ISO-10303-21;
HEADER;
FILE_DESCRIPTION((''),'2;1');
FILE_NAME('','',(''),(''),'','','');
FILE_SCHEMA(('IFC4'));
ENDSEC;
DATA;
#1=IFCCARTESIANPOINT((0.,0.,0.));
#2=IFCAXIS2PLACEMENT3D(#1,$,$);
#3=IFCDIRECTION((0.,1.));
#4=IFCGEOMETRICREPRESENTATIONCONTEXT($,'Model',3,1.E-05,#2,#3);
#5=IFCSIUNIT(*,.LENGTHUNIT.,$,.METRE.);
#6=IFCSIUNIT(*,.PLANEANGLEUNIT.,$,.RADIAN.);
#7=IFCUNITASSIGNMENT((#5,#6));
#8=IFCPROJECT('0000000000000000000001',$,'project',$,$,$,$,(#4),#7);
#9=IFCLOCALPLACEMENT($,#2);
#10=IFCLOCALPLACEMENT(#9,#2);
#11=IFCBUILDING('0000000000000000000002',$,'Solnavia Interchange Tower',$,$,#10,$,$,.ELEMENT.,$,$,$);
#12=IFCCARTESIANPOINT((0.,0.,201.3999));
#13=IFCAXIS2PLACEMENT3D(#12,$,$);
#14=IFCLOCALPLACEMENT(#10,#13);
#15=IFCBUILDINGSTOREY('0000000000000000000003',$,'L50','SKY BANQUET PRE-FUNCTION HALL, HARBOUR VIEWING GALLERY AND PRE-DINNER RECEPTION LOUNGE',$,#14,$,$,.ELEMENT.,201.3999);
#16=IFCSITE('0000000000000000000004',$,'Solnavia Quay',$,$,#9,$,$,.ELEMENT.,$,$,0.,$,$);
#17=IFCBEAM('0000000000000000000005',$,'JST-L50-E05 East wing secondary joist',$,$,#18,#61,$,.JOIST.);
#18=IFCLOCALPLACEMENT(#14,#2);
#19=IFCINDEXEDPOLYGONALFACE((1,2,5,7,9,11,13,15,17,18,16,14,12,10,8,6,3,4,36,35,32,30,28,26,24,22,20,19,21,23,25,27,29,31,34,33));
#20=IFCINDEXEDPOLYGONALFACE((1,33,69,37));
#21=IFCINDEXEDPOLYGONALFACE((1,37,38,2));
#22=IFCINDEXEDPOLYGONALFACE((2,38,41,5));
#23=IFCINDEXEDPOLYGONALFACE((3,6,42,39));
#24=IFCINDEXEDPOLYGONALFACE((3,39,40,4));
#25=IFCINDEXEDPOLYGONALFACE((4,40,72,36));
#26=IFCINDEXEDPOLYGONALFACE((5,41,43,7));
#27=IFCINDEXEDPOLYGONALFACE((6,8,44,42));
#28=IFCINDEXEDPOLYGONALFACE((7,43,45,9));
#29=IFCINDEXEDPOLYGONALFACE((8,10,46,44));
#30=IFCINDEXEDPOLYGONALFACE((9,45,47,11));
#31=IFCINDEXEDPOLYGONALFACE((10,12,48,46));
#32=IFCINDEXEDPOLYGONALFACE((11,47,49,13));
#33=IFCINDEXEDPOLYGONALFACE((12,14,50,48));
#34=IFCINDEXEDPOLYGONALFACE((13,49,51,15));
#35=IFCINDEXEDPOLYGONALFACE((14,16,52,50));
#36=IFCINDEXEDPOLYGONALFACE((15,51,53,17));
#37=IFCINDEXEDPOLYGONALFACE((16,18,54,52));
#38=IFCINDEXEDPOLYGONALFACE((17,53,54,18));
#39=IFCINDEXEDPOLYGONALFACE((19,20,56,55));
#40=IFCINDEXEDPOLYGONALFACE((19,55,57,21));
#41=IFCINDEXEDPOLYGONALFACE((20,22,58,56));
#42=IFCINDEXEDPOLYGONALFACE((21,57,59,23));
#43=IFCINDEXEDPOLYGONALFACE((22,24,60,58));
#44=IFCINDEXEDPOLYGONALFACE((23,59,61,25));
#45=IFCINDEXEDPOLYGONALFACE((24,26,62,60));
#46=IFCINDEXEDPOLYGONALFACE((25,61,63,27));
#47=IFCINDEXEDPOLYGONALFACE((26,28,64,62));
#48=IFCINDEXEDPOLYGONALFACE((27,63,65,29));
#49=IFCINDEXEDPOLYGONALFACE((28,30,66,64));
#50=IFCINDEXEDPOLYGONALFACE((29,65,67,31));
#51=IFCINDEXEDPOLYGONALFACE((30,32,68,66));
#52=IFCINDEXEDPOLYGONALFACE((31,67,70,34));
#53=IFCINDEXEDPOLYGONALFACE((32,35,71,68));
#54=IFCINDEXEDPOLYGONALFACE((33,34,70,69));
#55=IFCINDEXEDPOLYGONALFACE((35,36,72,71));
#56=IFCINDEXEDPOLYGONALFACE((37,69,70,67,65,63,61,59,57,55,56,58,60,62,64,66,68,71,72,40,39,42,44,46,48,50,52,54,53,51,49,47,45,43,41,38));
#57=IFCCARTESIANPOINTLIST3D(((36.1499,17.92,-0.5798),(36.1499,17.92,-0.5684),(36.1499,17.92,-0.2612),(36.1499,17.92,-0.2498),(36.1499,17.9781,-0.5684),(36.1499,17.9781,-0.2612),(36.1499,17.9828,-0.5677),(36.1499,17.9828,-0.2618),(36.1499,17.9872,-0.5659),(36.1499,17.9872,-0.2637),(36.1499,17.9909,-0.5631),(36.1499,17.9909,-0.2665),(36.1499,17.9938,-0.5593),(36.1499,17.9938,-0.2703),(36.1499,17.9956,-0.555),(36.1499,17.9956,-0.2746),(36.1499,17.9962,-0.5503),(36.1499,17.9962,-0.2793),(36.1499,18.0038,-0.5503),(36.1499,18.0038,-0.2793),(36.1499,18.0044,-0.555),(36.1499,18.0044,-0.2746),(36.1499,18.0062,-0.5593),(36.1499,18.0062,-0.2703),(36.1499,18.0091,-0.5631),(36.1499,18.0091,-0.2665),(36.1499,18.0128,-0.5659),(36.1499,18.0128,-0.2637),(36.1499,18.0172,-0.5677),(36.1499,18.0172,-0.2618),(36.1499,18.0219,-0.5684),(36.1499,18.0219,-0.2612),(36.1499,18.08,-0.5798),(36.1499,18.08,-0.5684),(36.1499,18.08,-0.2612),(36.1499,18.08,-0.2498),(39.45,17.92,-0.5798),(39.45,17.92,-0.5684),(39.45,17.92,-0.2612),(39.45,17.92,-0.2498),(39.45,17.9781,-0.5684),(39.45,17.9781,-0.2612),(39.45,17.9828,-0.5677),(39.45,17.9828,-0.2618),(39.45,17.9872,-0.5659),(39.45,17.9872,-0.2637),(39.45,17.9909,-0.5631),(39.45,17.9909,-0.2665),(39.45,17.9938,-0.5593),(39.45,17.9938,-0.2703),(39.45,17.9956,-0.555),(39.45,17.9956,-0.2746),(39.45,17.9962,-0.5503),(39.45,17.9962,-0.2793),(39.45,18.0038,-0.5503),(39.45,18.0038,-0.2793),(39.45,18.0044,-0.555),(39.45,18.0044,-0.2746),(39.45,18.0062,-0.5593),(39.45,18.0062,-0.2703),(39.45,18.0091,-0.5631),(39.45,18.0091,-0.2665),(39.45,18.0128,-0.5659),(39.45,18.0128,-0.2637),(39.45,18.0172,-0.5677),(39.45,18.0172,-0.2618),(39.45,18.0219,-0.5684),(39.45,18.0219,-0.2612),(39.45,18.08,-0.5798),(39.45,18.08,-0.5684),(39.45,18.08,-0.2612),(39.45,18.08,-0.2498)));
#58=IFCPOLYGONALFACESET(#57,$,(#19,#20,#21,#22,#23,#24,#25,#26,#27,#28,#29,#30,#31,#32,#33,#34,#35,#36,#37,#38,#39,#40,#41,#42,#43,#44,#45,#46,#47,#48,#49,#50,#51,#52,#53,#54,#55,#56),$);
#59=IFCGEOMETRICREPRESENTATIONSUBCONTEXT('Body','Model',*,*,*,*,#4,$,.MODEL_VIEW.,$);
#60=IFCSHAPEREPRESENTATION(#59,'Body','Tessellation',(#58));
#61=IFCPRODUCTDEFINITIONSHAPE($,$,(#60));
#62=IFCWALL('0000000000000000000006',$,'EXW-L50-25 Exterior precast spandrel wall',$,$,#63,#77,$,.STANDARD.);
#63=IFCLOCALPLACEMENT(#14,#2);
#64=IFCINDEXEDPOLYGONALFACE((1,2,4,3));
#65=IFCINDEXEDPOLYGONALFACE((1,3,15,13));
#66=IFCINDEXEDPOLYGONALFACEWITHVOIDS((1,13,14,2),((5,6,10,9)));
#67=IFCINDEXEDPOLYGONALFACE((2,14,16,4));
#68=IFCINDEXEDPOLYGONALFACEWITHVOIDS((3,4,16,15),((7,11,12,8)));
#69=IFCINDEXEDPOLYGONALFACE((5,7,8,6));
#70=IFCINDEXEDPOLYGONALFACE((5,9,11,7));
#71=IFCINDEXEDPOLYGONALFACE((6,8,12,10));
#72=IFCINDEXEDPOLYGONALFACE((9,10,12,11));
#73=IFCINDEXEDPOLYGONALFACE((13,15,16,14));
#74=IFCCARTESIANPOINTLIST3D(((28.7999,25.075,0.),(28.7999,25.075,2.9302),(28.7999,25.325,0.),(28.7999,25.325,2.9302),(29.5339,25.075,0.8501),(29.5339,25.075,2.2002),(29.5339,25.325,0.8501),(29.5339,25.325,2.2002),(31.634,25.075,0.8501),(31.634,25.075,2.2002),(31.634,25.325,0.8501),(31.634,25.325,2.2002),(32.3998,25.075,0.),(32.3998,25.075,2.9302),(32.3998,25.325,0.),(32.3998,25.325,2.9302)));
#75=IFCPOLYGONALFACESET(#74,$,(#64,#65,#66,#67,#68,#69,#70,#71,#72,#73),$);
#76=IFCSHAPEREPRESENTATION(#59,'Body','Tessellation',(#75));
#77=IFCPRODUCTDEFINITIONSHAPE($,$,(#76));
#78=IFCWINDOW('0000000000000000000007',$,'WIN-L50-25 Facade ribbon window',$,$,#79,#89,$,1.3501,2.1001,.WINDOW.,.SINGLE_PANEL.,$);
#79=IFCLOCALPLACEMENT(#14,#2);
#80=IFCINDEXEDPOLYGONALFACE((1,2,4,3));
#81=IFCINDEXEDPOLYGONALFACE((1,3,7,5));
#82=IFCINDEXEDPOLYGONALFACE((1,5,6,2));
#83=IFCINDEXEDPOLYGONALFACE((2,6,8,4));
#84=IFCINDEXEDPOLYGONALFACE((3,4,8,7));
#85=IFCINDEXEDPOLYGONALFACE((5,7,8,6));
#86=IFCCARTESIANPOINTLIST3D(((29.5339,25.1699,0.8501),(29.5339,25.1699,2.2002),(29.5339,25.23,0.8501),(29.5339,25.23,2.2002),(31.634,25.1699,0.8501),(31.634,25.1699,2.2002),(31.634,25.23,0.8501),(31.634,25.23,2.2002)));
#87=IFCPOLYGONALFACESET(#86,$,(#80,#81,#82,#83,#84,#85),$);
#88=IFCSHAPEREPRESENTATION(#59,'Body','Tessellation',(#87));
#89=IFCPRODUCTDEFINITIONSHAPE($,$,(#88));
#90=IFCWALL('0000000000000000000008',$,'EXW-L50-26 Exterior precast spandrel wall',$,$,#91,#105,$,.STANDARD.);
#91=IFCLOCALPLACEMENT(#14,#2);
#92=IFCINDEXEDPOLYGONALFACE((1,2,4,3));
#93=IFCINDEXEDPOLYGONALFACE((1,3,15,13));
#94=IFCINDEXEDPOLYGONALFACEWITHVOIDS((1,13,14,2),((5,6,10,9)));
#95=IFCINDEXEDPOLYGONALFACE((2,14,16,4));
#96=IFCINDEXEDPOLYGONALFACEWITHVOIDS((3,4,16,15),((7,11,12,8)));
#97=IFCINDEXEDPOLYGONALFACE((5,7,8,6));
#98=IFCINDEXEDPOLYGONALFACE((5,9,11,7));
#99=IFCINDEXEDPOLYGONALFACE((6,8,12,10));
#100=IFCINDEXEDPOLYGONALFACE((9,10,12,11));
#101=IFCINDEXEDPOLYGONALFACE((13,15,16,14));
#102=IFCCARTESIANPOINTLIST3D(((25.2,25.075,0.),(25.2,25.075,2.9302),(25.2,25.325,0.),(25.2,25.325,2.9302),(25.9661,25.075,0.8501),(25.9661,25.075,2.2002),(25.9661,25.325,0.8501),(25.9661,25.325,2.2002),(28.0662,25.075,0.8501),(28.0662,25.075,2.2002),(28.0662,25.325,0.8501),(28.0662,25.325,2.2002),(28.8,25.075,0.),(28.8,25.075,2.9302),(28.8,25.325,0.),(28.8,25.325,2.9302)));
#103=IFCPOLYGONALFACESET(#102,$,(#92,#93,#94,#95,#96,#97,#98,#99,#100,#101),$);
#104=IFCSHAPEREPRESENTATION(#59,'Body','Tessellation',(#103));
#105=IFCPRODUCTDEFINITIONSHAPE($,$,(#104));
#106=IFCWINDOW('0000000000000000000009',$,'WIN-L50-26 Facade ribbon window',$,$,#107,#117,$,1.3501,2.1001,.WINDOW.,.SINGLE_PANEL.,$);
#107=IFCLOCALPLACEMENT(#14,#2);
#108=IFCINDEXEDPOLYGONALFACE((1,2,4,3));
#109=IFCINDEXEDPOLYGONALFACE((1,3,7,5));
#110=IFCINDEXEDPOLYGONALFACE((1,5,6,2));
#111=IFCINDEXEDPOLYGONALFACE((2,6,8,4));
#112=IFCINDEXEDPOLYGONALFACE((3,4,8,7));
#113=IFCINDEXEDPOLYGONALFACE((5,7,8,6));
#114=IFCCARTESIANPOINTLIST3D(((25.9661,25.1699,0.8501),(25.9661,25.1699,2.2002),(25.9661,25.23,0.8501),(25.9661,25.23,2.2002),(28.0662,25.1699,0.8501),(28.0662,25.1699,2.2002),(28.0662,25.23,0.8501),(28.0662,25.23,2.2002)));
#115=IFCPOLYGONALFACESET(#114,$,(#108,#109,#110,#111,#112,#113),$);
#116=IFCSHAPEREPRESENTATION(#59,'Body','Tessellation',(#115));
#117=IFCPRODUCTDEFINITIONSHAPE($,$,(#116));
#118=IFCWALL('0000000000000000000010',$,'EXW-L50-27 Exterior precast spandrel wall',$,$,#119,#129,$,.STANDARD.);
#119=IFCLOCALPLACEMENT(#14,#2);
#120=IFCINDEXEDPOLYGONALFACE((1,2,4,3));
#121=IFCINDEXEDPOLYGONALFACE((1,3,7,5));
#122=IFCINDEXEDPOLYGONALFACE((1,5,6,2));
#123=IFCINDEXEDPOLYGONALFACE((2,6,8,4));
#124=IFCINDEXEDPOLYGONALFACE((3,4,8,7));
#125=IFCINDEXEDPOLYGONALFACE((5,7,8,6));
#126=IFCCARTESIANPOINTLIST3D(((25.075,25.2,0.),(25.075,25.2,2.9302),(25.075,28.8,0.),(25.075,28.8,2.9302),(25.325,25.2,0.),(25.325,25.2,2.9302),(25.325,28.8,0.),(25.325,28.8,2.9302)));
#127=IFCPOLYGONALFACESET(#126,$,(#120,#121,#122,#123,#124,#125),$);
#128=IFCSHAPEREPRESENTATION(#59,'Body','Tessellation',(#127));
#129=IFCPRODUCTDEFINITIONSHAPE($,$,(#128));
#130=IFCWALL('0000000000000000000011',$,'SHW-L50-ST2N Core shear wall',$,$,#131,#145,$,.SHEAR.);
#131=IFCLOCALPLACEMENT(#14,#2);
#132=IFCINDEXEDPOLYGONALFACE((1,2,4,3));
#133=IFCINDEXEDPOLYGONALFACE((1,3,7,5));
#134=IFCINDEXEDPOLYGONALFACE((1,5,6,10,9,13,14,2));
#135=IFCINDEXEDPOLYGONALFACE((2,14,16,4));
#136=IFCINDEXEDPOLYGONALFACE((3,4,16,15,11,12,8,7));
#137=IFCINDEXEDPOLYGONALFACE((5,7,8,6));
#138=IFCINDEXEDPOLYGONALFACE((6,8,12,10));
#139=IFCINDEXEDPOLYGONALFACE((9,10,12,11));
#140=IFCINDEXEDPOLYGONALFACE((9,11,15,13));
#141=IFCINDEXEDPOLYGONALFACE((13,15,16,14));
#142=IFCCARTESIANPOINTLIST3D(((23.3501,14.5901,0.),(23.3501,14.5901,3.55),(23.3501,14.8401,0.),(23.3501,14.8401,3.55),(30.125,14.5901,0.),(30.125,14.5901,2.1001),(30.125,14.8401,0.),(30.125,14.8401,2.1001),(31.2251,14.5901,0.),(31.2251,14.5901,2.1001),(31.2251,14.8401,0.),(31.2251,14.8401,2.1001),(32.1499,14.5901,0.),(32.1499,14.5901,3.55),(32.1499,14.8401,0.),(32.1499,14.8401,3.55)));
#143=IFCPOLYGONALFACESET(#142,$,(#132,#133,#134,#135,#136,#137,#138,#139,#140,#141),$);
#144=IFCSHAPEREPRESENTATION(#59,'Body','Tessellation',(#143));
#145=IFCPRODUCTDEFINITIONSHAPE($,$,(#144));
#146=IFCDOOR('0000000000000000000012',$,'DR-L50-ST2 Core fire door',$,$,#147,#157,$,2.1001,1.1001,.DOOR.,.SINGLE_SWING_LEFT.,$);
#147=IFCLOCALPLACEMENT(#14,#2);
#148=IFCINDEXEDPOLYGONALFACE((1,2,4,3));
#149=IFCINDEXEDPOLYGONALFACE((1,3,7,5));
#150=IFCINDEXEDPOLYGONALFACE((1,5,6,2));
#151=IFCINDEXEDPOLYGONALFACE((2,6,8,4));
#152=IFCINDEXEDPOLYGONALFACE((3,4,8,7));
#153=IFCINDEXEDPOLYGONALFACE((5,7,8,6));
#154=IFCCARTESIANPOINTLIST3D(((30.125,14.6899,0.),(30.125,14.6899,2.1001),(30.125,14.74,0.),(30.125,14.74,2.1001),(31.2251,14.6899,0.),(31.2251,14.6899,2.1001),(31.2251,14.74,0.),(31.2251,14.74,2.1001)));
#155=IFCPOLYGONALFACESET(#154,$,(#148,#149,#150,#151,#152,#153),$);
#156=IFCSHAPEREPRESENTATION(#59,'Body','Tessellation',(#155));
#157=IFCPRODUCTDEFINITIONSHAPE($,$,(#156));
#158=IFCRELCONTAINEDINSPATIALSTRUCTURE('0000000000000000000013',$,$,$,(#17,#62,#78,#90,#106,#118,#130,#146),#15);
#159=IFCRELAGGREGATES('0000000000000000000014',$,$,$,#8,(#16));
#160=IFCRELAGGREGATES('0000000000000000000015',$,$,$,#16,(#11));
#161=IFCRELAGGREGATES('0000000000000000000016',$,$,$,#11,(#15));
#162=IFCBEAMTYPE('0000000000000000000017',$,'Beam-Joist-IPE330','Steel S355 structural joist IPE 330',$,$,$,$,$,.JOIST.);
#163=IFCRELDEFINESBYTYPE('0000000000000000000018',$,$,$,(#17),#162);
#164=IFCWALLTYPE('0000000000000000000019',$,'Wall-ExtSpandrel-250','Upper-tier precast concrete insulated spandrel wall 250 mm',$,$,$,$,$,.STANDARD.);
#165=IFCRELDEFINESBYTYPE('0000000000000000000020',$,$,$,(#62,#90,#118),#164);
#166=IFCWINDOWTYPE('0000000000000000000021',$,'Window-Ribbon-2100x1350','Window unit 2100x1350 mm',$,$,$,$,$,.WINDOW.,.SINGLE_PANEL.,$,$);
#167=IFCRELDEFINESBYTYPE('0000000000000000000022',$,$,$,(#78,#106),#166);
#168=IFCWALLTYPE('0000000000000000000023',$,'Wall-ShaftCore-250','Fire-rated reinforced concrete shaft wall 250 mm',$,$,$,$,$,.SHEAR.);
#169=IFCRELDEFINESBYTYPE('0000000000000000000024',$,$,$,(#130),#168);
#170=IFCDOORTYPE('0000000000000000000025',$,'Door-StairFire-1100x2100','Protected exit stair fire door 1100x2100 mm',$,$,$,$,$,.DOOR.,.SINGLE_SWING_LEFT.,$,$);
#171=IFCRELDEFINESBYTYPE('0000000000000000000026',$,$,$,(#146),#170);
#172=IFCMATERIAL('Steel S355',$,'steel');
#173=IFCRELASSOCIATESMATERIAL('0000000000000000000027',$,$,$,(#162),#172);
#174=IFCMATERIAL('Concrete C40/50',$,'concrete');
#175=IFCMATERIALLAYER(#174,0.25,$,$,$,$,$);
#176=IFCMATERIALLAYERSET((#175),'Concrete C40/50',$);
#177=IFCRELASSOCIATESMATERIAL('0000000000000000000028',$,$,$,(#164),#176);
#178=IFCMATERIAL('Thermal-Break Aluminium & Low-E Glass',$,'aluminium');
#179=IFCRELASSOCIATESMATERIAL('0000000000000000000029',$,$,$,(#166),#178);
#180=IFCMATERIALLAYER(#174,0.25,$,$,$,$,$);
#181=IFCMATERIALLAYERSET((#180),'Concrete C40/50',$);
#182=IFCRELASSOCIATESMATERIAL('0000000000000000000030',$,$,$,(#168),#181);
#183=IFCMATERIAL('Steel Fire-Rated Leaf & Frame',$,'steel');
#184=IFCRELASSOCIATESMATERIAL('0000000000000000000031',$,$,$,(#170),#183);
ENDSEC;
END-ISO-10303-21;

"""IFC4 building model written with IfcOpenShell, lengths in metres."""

from ifc_helpers import new_model, si_unit, direction, frame, frame_2d, origin, origin_2d, place, context, subcontext, project, spatial, rectangle, i_section, extrude, material, layer, layer_set, material_profile, profile_set, type_object, element, fill, save


model = new_model("IFC4")

# Units and contexts
model_context = context("Model", 3, precision=1e-05, world=origin(), true_north=direction((0.0, 1.0)))
body_context = subcontext(model_context, "Body", "Model", "MODEL_VIEW")
ifc_project = project(units=[si_unit("LENGTHUNIT", "METRE"), si_unit("PLANEANGLEUNIT", "RADIAN")], contexts=[model_context])

# Site, building, storey
site_placement = place(None, origin())
site = spatial("IfcSite", under=ifc_project, at=site_placement, Name="Solnavia Quay", CompositionType="ELEMENT", RefElevation=0.0)
building_placement = place(site_placement, origin())
building = spatial("IfcBuilding", under=site, at=building_placement, Name="Solnavia Interchange Tower", CompositionType="ELEMENT")
storey_placement = place(building_placement, frame((0.0, 0.0, 201.3999)))
storey = spatial("IfcBuildingStorey", under=building, at=storey_placement, Name="L50", Description="SKY BANQUET PRE-FUNCTION HALL, HARBOUR VIEWING GALLERY AND PRE-DINNER RECEPTION LOUNGE", CompositionType="ELEMENT", Elevation=201.3999)

# Shared definitions
ifc_material_1 = material(Name="Steel S355", Category="steel")

# Beam
ifc_material_profile_1 = material_profile(ifc_material_1, i_section(OverallWidth=0.1599, OverallDepth=0.3301, WebThickness=0.0076, FlangeThickness=0.0115, FilletRadius=0.0181, at=origin_2d()), Name="IPE 330")
ifc_profile_set_1 = profile_set([ifc_material_profile_1], Name="Steel S355")
beam_type_1 = type_object("IfcBeamType", Name="Beam-Joist-IPE330", Description="Steel S355 structural joist IPE 330", PredefinedType="JOIST", material=ifc_profile_set_1)
beam_1_placement = place(storey_placement, frame((36.1499, 18.0, -0.4148), z_axis=(1.0, 0.0, 0.0), x_axis=(0.0, 1.0, 0.0)))
element("IfcBeam", 1, at=beam_1_placement, inside=storey, type_object=beam_type_1, Name="JST-L50-E05 East wing secondary joist", PredefinedType="JOIST", context=body_context, shape_type="SweptSolid", body=[
    extrude(i_section(OverallWidth=0.1599, OverallDepth=0.3301, WebThickness=0.0076, FlangeThickness=0.0115, FilletRadius=0.0181, at=origin_2d()), origin(), (0.0, 0.0, 1.0), 3.3),
])

# Walls, openings, windows
ifc_material_2 = material(Name="Concrete C40/50", Category="concrete")
ifc_layer_1 = layer(ifc_material_2, 0.25)
ifc_layer_set_1 = layer_set([ifc_layer_1], Name="Concrete C40/50")
wall_type_1 = type_object("IfcWallType", Name="Wall-ExtSpandrel-250", Description="Upper-tier precast concrete insulated spandrel wall 250 mm", PredefinedType="STANDARD", material=ifc_layer_set_1)
wall_1_placement = place(storey_placement, frame((28.8, 25.2, 0.0), z_axis=(0.0, 0.0, 1.0), x_axis=(1.0, 0.0, 0.0)))
wall_1 = element("IfcWall", 2, at=wall_1_placement, inside=storey, type_object=wall_type_1, Name="EXW-L50-25 Exterior precast spandrel wall", PredefinedType="STANDARD", context=body_context, shape_type="SweptSolid", body=[
    extrude(rectangle(XDim=3.5999, YDim=0.25, at=frame_2d((1.7998, 0.0))), origin(), (0.0, 0.0, 1.0), 2.9302),
])
opening_1_placement = place(wall_1_placement, frame((0.7339, 0.0, 0.8501)))
opening_1 = element("IfcOpeningElement", 3, at=opening_1_placement, cuts=wall_1, PredefinedType="OPENING", context=body_context, shape_type="SweptSolid", body=[
    extrude(rectangle(XDim=2.1001, YDim=1.3501, at=frame_2d((1.05, 0.675))), frame((0.0, 0.135, 0.0), z_axis=(0.0, -1.0, 0.0), x_axis=(1.0, 0.0, 0.0)), (0.0, 0.0, 1.0), 0.27),
])
ifc_material_3 = material(Name="Thermal-Break Aluminium & Low-E Glass", Category="aluminium")
window_type = type_object("IfcWindowType", Name="Window-Ribbon-2100x1350", Description="Window unit 2100x1350 mm", PartitioningType="SINGLE_PANEL", PredefinedType="WINDOW", material=ifc_material_3)
window_1_placement = place(opening_1_placement, origin())
window_1 = element("IfcWindow", 4, at=window_1_placement, inside=storey, type_object=window_type, Name="WIN-L50-25 Facade ribbon window", OverallHeight=1.3501, OverallWidth=2.1001, PartitioningType="SINGLE_PANEL", PredefinedType="WINDOW", context=body_context, shape_type="SweptSolid", body=[
    extrude(rectangle(XDim=2.1001, YDim=1.3501, at=frame_2d((1.05, 0.675))), frame((0.0, 0.03, 0.0), z_axis=(0.0, -1.0, 0.0), x_axis=(1.0, 0.0, 0.0)), (0.0, 0.0, 1.0), 0.0601),
])
fill(opening_1, window_1)
wall_2_placement = place(storey_placement, frame((25.2, 25.2, 0.0), z_axis=(0.0, 0.0, 1.0), x_axis=(1.0, 0.0, 0.0)))
wall_2 = element("IfcWall", 5, at=wall_2_placement, inside=storey, type_object=wall_type_1, Name="EXW-L50-26 Exterior precast spandrel wall", PredefinedType="STANDARD", context=body_context, shape_type="SweptSolid", body=[
    extrude(rectangle(XDim=3.6001, YDim=0.25, at=frame_2d((1.8, 0.0))), origin(), (0.0, 0.0, 1.0), 2.9302),
])
opening_2_placement = place(wall_2_placement, frame((0.7661, 0.0, 0.8501)))
opening_2 = element("IfcOpeningElement", 6, at=opening_2_placement, cuts=wall_2, PredefinedType="OPENING", context=body_context, shape_type="SweptSolid", body=[
    extrude(rectangle(XDim=2.1001, YDim=1.3501, at=frame_2d((1.05, 0.675))), frame((0.0, 0.135, 0.0), z_axis=(0.0, -1.0, 0.0), x_axis=(1.0, 0.0, 0.0)), (0.0, 0.0, 1.0), 0.27),
])
window_2_placement = place(opening_2_placement, origin())
window_2 = element("IfcWindow", 7, at=window_2_placement, inside=storey, type_object=window_type, Name="WIN-L50-26 Facade ribbon window", OverallHeight=1.3501, OverallWidth=2.1001, PartitioningType="SINGLE_PANEL", PredefinedType="WINDOW", context=body_context, shape_type="SweptSolid", body=[
    extrude(rectangle(XDim=2.1001, YDim=1.3501, at=frame_2d((1.05, 0.675))), frame((0.0, 0.03, 0.0), z_axis=(0.0, -1.0, 0.0), x_axis=(1.0, 0.0, 0.0)), (0.0, 0.0, 1.0), 0.0601),
])
fill(opening_2, window_2)

# Wall
wall_3_placement = place(storey_placement, frame((25.2, 25.2, 0.0), z_axis=(0.0, 0.0, 1.0), x_axis=(0.0, 1.0, 0.0)))
element("IfcWall", 8, at=wall_3_placement, inside=storey, type_object=wall_type_1, Name="EXW-L50-27 Exterior precast spandrel wall", PredefinedType="STANDARD", context=body_context, shape_type="SweptSolid", body=[
    extrude(rectangle(XDim=3.6001, YDim=0.25, at=frame_2d((1.8, 0.0))), origin(), (0.0, 0.0, 1.0), 2.9302),
])

# Wall, opening, door
ifc_layer_2 = layer(ifc_material_2, 0.25)
ifc_layer_set_2 = layer_set([ifc_layer_2], Name="Concrete C40/50")
wall_type_2 = type_object("IfcWallType", Name="Wall-ShaftCore-250", Description="Fire-rated reinforced concrete shaft wall 250 mm", PredefinedType="SHEAR", material=ifc_layer_set_2)
wall_4_placement = place(storey_placement, frame((23.3501, 14.7151, 0.0), z_axis=(0.0, 0.0, 1.0), x_axis=(1.0, 0.0, 0.0)))
wall_4 = element("IfcWall", 9, at=wall_4_placement, inside=storey, type_object=wall_type_2, Name="SHW-L50-ST2N Core shear wall", PredefinedType="SHEAR", context=body_context, shape_type="SweptSolid", body=[
    extrude(rectangle(XDim=8.7998, YDim=0.25, at=frame_2d((4.3999, 0.0))), origin(), (0.0, 0.0, 1.0), 3.55),
])
opening_3_placement = place(wall_4_placement, frame((6.7749, 0.0, 0.0)))
opening_3 = element("IfcOpeningElement", 10, at=opening_3_placement, cuts=wall_4, PredefinedType="OPENING", context=body_context, shape_type="SweptSolid", body=[
    extrude(rectangle(XDim=1.1001, YDim=2.1001, at=frame_2d((0.55, 1.05))), frame((0.0, 0.135, 0.0), z_axis=(0.0, -1.0, 0.0), x_axis=(1.0, 0.0, 0.0)), (0.0, 0.0, 1.0), 0.27),
])
ifc_material_4 = material(Name="Steel Fire-Rated Leaf & Frame", Category="steel")
door_type_1 = type_object("IfcDoorType", Name="Door-StairFire-1100x2100", Description="Protected exit stair fire door 1100x2100 mm", OperationType="SINGLE_SWING_LEFT", PredefinedType="DOOR", material=ifc_material_4)
door_1_placement = place(opening_3_placement, origin())
door_1 = element("IfcDoor", 11, at=door_1_placement, inside=storey, type_object=door_type_1, Name="DR-L50-ST2 Core fire door", OperationType="SINGLE_SWING_LEFT", OverallHeight=2.1001, OverallWidth=1.1001, PredefinedType="DOOR", context=body_context, shape_type="SweptSolid", body=[
    extrude(rectangle(XDim=1.1001, YDim=2.1001, at=frame_2d((0.55, 1.05))), frame((0.0, 0.0249, 0.0), z_axis=(0.0, -1.0, 0.0), x_axis=(1.0, 0.0, 0.0)), (0.0, 0.0, 1.0), 0.05),
])
fill(opening_3, door_1)

save(model, "model.ifc")
